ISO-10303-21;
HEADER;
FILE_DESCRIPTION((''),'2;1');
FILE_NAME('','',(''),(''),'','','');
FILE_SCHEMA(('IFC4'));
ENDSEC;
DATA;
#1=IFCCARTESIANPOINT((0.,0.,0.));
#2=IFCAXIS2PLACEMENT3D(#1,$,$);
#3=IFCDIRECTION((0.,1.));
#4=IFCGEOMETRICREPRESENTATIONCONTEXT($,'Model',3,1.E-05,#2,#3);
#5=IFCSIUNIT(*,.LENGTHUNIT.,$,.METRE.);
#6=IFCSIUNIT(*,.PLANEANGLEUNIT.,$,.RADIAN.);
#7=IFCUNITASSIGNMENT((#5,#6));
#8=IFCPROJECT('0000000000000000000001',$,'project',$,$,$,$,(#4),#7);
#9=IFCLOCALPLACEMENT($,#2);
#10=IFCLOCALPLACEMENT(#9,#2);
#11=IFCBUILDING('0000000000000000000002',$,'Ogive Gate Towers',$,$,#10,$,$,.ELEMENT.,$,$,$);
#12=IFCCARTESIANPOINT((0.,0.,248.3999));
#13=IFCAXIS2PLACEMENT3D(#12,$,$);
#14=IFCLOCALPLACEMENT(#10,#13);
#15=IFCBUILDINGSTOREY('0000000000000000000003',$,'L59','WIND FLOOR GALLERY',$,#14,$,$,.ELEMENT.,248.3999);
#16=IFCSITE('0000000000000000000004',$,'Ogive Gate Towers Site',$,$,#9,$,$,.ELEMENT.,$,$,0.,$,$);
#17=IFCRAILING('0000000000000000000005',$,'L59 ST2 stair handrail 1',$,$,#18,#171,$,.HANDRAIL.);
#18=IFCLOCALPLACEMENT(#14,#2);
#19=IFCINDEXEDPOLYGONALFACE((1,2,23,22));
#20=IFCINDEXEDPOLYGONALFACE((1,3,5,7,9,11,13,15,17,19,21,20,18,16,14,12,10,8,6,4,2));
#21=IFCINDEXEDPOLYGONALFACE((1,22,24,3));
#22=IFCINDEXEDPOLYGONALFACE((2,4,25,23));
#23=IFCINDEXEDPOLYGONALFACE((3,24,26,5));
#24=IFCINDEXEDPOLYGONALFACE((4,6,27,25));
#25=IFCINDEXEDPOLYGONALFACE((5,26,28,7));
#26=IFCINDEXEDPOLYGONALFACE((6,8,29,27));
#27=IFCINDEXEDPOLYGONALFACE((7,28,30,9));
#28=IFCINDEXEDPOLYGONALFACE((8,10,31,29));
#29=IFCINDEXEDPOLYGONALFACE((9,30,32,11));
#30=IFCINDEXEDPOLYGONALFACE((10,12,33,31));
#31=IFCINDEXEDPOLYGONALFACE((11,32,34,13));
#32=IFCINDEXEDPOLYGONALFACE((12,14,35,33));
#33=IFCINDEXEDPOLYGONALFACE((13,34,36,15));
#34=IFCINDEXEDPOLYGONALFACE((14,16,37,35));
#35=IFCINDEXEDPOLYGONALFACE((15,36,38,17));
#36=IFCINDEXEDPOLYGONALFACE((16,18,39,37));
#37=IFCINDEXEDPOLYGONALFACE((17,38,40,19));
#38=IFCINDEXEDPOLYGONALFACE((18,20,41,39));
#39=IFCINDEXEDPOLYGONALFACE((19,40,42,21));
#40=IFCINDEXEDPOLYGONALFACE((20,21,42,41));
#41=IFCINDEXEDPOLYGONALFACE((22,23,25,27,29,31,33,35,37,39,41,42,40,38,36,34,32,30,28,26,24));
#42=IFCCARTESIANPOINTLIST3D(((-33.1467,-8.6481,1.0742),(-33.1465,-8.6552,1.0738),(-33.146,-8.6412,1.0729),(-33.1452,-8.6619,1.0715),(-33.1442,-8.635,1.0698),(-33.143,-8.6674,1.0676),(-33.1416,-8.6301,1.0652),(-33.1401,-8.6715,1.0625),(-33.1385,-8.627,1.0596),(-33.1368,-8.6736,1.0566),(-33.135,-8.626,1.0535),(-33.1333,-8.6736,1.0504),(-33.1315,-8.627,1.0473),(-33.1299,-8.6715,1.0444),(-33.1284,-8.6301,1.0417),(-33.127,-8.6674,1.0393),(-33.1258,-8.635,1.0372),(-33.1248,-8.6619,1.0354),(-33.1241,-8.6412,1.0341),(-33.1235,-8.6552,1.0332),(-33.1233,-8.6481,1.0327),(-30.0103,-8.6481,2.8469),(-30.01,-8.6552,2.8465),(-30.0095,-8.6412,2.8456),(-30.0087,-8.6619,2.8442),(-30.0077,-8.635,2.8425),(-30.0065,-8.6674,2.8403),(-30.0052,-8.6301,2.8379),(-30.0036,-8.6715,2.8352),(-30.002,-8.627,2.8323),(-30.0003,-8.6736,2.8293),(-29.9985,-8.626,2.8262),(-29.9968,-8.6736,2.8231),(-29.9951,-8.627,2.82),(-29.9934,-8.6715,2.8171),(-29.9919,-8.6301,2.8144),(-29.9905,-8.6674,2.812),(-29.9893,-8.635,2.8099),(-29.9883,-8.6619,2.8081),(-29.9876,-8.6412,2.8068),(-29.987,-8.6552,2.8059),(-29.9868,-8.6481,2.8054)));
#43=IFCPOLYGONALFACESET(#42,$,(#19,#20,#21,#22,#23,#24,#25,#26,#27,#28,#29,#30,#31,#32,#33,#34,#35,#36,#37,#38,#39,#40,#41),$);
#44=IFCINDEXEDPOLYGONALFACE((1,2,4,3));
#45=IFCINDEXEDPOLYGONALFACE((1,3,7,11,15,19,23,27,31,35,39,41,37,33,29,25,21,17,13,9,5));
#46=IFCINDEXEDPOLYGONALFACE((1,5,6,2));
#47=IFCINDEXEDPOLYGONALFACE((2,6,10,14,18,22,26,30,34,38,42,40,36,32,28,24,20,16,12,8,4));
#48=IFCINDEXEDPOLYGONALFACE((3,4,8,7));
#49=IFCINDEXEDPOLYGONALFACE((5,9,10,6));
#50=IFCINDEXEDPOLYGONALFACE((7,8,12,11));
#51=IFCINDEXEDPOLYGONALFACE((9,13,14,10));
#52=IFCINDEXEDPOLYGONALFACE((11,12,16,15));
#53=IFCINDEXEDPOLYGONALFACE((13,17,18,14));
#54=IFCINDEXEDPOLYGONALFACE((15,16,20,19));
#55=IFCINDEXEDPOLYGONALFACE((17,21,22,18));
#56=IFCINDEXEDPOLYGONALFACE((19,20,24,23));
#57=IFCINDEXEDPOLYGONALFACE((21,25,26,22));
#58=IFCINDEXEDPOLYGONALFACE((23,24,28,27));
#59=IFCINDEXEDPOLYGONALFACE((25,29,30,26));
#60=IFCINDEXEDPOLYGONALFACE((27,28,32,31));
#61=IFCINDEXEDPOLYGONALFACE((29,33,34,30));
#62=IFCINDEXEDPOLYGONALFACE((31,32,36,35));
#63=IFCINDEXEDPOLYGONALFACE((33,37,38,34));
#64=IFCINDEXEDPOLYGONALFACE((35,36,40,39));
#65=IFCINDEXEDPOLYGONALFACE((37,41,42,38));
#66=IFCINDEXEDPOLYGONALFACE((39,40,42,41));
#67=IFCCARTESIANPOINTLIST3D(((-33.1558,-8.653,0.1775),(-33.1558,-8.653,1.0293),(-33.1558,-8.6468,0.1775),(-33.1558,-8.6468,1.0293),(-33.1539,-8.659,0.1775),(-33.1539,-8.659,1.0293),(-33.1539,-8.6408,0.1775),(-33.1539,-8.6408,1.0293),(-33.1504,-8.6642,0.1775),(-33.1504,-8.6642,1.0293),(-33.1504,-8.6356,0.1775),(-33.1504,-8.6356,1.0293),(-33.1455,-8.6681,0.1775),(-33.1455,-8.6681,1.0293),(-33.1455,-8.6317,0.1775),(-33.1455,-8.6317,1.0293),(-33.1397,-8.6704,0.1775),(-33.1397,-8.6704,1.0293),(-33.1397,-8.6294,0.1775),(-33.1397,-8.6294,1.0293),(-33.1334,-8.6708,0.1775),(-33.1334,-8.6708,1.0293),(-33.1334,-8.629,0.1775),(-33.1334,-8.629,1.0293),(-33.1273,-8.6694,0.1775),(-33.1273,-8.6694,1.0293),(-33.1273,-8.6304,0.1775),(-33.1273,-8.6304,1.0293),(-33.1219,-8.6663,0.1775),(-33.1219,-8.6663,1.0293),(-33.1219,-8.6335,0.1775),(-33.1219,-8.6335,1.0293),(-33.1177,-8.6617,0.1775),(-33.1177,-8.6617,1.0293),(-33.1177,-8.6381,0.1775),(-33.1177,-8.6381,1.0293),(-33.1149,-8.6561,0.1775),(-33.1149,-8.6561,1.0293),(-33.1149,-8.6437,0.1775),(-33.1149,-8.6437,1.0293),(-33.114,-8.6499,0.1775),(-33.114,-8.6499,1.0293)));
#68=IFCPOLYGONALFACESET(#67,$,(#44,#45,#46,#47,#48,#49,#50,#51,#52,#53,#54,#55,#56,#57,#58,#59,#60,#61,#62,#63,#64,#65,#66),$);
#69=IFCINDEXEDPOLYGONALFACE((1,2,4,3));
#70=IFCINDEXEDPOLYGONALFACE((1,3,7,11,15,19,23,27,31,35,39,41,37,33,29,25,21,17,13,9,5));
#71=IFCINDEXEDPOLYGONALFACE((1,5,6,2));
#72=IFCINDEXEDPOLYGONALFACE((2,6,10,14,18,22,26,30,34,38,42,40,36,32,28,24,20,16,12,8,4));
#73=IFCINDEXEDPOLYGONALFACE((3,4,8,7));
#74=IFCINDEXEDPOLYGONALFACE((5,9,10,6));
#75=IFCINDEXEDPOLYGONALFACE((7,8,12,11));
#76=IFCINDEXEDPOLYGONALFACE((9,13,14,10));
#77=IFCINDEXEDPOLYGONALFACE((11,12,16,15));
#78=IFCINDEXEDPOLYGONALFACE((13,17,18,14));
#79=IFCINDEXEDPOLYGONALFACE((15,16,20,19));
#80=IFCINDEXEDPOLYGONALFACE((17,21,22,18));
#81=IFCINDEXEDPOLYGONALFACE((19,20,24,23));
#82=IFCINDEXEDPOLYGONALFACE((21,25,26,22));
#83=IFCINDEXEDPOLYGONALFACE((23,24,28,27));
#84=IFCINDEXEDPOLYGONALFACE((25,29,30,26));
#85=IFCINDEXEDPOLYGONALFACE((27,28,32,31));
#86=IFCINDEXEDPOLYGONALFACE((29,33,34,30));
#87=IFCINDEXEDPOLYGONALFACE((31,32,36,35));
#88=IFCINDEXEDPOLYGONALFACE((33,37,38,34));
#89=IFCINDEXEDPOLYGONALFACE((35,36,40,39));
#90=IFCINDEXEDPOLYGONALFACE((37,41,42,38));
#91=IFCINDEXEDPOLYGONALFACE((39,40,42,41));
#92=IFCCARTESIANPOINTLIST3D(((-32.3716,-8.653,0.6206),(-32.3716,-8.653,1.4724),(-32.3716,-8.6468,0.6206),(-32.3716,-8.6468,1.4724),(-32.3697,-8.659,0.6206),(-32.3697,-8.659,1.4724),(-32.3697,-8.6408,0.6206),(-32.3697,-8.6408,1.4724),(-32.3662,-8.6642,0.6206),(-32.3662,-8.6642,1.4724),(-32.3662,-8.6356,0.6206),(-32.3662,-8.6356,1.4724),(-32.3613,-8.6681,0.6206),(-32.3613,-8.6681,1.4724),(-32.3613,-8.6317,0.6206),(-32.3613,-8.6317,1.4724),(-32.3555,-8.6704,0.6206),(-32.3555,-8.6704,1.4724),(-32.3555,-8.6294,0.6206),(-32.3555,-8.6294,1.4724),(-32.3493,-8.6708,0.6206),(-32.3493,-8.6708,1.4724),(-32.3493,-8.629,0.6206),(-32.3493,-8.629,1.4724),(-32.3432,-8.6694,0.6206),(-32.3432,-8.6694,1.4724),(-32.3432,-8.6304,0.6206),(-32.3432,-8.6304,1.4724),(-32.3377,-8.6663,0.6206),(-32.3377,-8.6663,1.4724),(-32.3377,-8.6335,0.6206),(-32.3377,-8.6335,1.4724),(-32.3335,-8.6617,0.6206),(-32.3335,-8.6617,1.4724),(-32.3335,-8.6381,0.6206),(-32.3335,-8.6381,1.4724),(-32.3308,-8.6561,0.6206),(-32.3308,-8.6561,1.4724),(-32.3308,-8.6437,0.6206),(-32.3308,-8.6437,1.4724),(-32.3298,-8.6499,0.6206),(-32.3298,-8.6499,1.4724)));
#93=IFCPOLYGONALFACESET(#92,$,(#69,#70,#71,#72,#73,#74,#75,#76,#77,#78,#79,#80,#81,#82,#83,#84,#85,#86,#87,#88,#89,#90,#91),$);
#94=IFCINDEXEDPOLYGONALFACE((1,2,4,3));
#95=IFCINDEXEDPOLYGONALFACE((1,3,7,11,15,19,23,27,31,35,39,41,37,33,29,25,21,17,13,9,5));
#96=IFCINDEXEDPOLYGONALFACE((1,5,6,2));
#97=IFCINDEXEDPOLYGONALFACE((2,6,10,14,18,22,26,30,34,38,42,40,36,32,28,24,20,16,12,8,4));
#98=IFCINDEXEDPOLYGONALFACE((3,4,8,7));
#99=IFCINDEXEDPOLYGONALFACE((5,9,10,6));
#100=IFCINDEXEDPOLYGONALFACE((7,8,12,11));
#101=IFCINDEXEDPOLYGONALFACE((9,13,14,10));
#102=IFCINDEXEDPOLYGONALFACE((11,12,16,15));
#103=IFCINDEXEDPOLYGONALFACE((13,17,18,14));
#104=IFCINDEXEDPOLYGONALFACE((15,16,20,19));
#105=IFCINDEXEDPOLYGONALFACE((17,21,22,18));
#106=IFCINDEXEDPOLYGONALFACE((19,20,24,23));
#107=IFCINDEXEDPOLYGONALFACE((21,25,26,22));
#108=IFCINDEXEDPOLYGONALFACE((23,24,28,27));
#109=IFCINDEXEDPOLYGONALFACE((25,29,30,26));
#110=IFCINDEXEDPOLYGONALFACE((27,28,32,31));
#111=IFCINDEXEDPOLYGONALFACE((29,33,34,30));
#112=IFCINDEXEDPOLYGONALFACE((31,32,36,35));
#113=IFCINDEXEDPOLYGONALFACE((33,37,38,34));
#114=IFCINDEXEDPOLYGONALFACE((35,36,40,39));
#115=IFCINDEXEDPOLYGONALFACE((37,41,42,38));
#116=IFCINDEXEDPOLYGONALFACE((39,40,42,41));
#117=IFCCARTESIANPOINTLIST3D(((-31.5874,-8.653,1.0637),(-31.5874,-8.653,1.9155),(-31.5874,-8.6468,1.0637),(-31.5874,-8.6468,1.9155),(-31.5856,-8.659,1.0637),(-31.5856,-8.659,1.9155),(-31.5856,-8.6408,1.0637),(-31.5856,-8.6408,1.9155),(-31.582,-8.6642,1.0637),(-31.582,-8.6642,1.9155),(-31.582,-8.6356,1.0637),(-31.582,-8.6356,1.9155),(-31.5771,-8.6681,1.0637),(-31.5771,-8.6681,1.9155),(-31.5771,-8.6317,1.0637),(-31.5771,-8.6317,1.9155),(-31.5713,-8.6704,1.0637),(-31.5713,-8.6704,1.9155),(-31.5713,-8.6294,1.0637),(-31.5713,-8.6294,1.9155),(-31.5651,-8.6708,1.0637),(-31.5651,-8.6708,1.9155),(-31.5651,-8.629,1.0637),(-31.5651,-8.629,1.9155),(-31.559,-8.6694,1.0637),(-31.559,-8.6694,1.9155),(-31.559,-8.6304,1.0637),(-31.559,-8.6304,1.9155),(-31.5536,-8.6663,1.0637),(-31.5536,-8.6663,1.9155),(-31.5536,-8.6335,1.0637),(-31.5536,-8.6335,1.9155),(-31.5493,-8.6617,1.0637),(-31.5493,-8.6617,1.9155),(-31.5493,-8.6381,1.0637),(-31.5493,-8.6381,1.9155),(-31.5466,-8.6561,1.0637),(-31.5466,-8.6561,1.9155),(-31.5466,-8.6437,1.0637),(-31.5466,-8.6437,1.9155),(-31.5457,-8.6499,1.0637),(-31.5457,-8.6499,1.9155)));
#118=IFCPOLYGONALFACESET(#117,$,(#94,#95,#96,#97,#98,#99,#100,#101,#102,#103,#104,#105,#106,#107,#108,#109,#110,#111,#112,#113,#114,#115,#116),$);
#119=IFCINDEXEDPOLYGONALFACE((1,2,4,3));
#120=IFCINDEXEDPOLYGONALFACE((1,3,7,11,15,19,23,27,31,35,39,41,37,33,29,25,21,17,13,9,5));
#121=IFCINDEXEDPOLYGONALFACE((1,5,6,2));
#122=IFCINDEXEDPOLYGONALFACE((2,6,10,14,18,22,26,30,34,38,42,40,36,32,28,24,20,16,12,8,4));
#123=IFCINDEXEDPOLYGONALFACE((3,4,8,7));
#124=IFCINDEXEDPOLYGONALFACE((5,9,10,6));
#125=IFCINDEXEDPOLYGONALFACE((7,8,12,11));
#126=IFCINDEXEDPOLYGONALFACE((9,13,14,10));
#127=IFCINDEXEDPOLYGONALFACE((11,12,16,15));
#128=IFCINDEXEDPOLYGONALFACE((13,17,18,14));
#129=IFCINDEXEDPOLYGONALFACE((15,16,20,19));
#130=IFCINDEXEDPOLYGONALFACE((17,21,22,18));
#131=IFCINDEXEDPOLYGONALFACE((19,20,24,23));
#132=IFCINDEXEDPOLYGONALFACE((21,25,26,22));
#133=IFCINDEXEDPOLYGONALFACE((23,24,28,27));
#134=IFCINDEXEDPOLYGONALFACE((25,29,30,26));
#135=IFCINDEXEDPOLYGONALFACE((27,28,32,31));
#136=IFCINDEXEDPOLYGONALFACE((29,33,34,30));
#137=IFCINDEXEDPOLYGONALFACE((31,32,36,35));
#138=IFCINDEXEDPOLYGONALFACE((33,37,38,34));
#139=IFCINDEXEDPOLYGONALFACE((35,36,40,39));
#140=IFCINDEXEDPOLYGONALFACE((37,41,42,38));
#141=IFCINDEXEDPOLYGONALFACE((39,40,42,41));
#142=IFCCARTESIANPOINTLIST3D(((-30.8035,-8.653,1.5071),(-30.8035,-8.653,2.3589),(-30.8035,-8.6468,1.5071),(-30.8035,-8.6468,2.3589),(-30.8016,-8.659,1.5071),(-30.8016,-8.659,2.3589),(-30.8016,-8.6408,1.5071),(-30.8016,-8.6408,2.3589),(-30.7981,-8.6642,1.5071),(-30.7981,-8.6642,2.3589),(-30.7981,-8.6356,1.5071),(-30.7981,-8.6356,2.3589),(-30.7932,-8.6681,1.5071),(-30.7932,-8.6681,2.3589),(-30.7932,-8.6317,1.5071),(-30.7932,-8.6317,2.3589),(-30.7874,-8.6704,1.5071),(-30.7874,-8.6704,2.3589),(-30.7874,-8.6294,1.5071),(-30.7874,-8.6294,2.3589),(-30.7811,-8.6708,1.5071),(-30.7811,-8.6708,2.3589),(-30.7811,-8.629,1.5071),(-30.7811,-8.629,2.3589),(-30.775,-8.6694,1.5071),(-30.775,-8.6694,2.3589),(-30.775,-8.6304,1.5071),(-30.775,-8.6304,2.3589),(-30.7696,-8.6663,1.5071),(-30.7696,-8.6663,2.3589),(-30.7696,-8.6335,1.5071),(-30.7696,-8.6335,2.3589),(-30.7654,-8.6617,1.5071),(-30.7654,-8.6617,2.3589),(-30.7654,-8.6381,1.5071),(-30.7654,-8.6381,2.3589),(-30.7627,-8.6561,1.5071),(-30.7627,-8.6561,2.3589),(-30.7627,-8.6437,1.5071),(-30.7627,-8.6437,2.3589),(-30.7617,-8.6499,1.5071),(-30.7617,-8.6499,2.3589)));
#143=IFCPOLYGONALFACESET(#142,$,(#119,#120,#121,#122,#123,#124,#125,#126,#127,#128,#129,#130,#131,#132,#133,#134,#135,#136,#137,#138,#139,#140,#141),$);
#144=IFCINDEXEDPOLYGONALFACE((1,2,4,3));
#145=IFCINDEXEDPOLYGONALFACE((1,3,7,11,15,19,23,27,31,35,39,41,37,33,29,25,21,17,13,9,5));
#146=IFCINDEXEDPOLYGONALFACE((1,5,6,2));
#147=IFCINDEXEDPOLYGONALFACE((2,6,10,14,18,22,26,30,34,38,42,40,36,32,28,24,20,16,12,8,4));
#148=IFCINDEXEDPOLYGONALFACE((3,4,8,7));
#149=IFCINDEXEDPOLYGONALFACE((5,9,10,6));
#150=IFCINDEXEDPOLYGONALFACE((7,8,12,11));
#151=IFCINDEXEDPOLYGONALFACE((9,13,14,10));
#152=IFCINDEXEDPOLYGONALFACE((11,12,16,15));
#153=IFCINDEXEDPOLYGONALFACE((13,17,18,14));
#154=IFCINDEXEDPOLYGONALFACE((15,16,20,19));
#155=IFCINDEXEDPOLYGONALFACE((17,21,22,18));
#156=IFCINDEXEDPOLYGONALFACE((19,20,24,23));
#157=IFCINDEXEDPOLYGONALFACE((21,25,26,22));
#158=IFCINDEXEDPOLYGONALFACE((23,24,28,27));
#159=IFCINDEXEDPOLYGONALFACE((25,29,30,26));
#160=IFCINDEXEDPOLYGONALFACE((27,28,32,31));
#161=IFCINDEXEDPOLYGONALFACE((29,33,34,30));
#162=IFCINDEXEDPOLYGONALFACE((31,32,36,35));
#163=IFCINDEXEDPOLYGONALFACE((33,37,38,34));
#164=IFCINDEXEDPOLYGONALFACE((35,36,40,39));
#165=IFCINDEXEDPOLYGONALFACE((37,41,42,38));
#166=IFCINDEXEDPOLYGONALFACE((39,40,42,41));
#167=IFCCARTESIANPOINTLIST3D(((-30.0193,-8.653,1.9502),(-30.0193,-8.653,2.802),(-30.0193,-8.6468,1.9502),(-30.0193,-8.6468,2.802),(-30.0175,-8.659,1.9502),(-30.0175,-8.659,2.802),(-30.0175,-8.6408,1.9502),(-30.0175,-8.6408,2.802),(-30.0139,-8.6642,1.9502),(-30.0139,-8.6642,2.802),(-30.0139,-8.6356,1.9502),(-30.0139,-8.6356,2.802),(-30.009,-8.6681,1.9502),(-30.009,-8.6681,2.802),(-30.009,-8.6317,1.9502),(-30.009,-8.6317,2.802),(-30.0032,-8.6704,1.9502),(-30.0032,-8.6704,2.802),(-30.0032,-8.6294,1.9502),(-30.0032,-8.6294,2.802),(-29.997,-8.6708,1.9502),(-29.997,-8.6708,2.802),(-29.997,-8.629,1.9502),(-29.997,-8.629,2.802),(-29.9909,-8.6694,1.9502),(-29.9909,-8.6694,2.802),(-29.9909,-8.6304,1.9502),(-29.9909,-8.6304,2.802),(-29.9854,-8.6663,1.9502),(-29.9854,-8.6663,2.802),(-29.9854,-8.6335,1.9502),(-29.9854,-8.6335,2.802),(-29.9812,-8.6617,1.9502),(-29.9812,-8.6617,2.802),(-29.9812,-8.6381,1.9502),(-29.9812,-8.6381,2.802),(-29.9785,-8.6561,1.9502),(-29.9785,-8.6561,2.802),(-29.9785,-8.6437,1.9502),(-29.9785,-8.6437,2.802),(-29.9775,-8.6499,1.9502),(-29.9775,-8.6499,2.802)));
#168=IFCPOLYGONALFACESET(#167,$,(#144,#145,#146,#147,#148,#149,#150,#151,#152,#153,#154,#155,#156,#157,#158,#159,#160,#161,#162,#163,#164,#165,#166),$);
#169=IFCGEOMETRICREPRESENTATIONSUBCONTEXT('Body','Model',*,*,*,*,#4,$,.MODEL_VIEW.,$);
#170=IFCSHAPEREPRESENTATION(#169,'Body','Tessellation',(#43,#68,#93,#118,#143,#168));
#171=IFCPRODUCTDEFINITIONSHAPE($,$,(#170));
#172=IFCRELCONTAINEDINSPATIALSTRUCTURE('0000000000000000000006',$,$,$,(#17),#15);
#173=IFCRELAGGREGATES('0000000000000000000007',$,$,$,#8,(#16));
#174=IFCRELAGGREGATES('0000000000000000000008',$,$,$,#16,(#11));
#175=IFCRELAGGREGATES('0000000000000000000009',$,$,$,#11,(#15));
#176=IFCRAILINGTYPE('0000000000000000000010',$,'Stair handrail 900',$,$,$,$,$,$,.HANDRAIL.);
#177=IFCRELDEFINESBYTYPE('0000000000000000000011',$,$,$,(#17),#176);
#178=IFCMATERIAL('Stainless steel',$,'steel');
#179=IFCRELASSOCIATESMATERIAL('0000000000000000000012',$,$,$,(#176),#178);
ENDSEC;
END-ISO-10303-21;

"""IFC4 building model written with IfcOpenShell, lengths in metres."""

from ifc_helpers import new_model, si_unit, direction, frame, origin, origin_2d, place, context, subcontext, project, spatial, circle, extrude, material, type_object, element, save


model = new_model("IFC4")

# Units and contexts
model_context = context("Model", 3, precision=1e-05, world=origin(), true_north=direction((0.0, 1.0)))
body_context = subcontext(model_context, "Body", "Model", "MODEL_VIEW")
ifc_project = project(units=[si_unit("LENGTHUNIT", "METRE"), si_unit("PLANEANGLEUNIT", "RADIAN")], contexts=[model_context])

# Site, building, storey
site_placement = place(None, origin())
site = spatial("IfcSite", under=ifc_project, at=site_placement, Name="Ogive Gate Towers Site", CompositionType="ELEMENT", RefElevation=0.0)
building_placement = place(site_placement, origin())
building = spatial("IfcBuilding", under=site, at=building_placement, Name="Ogive Gate Towers", CompositionType="ELEMENT")
storey_placement = place(building_placement, frame((0.0, 0.0, 248.3999)))
storey = spatial("IfcBuildingStorey", under=building, at=storey_placement, Name="L59", Description="WIND FLOOR GALLERY", CompositionType="ELEMENT", Elevation=248.3999)

# Railing
ifc_material_1 = material(Name="Stainless steel", Category="steel")
railing_type_1 = type_object("IfcRailingType", Name="Stair handrail 900", PredefinedType="HANDRAIL", material=ifc_material_1)
railing_1_placement = place(storey_placement, frame((-33.135, -8.6499, 0.1775)))
element("IfcRailing", 1, at=railing_1_placement, inside=storey, type_object=railing_type_1, Name="L59 ST2 stair handrail 1", PredefinedType="HANDRAIL", context=body_context, shape_type="SweptSolid", body=[
    extrude(circle(Radius=0.0239, at=origin_2d()), frame((0.0, 0.0, 0.876), z_axis=(0.870573, 0.0, 0.492039), x_axis=(0.0, 1.0, 0.0)), (0.0, 0.0, 1.0), 3.6028),
    extrude(circle(Radius=0.021, at=origin_2d()), origin(), (0.0, 0.0, 1.0), 0.8518),
    extrude(circle(Radius=0.021, at=origin_2d()), frame((0.7842, 0.0, 0.4431)), (0.0, 0.0, 1.0), 0.8518),
    extrude(circle(Radius=0.021, at=origin_2d()), frame((1.5684, 0.0, 0.8862)), (0.0, 0.0, 1.0), 0.8518),
    extrude(circle(Radius=0.021, at=origin_2d()), frame((2.3523, 0.0, 1.3296)), (0.0, 0.0, 1.0), 0.8518),
    extrude(circle(Radius=0.021, at=origin_2d()), frame((3.1365, 0.0, 1.7727)), (0.0, 0.0, 1.0), 0.8518),
])

save(model, "model.ifc")
